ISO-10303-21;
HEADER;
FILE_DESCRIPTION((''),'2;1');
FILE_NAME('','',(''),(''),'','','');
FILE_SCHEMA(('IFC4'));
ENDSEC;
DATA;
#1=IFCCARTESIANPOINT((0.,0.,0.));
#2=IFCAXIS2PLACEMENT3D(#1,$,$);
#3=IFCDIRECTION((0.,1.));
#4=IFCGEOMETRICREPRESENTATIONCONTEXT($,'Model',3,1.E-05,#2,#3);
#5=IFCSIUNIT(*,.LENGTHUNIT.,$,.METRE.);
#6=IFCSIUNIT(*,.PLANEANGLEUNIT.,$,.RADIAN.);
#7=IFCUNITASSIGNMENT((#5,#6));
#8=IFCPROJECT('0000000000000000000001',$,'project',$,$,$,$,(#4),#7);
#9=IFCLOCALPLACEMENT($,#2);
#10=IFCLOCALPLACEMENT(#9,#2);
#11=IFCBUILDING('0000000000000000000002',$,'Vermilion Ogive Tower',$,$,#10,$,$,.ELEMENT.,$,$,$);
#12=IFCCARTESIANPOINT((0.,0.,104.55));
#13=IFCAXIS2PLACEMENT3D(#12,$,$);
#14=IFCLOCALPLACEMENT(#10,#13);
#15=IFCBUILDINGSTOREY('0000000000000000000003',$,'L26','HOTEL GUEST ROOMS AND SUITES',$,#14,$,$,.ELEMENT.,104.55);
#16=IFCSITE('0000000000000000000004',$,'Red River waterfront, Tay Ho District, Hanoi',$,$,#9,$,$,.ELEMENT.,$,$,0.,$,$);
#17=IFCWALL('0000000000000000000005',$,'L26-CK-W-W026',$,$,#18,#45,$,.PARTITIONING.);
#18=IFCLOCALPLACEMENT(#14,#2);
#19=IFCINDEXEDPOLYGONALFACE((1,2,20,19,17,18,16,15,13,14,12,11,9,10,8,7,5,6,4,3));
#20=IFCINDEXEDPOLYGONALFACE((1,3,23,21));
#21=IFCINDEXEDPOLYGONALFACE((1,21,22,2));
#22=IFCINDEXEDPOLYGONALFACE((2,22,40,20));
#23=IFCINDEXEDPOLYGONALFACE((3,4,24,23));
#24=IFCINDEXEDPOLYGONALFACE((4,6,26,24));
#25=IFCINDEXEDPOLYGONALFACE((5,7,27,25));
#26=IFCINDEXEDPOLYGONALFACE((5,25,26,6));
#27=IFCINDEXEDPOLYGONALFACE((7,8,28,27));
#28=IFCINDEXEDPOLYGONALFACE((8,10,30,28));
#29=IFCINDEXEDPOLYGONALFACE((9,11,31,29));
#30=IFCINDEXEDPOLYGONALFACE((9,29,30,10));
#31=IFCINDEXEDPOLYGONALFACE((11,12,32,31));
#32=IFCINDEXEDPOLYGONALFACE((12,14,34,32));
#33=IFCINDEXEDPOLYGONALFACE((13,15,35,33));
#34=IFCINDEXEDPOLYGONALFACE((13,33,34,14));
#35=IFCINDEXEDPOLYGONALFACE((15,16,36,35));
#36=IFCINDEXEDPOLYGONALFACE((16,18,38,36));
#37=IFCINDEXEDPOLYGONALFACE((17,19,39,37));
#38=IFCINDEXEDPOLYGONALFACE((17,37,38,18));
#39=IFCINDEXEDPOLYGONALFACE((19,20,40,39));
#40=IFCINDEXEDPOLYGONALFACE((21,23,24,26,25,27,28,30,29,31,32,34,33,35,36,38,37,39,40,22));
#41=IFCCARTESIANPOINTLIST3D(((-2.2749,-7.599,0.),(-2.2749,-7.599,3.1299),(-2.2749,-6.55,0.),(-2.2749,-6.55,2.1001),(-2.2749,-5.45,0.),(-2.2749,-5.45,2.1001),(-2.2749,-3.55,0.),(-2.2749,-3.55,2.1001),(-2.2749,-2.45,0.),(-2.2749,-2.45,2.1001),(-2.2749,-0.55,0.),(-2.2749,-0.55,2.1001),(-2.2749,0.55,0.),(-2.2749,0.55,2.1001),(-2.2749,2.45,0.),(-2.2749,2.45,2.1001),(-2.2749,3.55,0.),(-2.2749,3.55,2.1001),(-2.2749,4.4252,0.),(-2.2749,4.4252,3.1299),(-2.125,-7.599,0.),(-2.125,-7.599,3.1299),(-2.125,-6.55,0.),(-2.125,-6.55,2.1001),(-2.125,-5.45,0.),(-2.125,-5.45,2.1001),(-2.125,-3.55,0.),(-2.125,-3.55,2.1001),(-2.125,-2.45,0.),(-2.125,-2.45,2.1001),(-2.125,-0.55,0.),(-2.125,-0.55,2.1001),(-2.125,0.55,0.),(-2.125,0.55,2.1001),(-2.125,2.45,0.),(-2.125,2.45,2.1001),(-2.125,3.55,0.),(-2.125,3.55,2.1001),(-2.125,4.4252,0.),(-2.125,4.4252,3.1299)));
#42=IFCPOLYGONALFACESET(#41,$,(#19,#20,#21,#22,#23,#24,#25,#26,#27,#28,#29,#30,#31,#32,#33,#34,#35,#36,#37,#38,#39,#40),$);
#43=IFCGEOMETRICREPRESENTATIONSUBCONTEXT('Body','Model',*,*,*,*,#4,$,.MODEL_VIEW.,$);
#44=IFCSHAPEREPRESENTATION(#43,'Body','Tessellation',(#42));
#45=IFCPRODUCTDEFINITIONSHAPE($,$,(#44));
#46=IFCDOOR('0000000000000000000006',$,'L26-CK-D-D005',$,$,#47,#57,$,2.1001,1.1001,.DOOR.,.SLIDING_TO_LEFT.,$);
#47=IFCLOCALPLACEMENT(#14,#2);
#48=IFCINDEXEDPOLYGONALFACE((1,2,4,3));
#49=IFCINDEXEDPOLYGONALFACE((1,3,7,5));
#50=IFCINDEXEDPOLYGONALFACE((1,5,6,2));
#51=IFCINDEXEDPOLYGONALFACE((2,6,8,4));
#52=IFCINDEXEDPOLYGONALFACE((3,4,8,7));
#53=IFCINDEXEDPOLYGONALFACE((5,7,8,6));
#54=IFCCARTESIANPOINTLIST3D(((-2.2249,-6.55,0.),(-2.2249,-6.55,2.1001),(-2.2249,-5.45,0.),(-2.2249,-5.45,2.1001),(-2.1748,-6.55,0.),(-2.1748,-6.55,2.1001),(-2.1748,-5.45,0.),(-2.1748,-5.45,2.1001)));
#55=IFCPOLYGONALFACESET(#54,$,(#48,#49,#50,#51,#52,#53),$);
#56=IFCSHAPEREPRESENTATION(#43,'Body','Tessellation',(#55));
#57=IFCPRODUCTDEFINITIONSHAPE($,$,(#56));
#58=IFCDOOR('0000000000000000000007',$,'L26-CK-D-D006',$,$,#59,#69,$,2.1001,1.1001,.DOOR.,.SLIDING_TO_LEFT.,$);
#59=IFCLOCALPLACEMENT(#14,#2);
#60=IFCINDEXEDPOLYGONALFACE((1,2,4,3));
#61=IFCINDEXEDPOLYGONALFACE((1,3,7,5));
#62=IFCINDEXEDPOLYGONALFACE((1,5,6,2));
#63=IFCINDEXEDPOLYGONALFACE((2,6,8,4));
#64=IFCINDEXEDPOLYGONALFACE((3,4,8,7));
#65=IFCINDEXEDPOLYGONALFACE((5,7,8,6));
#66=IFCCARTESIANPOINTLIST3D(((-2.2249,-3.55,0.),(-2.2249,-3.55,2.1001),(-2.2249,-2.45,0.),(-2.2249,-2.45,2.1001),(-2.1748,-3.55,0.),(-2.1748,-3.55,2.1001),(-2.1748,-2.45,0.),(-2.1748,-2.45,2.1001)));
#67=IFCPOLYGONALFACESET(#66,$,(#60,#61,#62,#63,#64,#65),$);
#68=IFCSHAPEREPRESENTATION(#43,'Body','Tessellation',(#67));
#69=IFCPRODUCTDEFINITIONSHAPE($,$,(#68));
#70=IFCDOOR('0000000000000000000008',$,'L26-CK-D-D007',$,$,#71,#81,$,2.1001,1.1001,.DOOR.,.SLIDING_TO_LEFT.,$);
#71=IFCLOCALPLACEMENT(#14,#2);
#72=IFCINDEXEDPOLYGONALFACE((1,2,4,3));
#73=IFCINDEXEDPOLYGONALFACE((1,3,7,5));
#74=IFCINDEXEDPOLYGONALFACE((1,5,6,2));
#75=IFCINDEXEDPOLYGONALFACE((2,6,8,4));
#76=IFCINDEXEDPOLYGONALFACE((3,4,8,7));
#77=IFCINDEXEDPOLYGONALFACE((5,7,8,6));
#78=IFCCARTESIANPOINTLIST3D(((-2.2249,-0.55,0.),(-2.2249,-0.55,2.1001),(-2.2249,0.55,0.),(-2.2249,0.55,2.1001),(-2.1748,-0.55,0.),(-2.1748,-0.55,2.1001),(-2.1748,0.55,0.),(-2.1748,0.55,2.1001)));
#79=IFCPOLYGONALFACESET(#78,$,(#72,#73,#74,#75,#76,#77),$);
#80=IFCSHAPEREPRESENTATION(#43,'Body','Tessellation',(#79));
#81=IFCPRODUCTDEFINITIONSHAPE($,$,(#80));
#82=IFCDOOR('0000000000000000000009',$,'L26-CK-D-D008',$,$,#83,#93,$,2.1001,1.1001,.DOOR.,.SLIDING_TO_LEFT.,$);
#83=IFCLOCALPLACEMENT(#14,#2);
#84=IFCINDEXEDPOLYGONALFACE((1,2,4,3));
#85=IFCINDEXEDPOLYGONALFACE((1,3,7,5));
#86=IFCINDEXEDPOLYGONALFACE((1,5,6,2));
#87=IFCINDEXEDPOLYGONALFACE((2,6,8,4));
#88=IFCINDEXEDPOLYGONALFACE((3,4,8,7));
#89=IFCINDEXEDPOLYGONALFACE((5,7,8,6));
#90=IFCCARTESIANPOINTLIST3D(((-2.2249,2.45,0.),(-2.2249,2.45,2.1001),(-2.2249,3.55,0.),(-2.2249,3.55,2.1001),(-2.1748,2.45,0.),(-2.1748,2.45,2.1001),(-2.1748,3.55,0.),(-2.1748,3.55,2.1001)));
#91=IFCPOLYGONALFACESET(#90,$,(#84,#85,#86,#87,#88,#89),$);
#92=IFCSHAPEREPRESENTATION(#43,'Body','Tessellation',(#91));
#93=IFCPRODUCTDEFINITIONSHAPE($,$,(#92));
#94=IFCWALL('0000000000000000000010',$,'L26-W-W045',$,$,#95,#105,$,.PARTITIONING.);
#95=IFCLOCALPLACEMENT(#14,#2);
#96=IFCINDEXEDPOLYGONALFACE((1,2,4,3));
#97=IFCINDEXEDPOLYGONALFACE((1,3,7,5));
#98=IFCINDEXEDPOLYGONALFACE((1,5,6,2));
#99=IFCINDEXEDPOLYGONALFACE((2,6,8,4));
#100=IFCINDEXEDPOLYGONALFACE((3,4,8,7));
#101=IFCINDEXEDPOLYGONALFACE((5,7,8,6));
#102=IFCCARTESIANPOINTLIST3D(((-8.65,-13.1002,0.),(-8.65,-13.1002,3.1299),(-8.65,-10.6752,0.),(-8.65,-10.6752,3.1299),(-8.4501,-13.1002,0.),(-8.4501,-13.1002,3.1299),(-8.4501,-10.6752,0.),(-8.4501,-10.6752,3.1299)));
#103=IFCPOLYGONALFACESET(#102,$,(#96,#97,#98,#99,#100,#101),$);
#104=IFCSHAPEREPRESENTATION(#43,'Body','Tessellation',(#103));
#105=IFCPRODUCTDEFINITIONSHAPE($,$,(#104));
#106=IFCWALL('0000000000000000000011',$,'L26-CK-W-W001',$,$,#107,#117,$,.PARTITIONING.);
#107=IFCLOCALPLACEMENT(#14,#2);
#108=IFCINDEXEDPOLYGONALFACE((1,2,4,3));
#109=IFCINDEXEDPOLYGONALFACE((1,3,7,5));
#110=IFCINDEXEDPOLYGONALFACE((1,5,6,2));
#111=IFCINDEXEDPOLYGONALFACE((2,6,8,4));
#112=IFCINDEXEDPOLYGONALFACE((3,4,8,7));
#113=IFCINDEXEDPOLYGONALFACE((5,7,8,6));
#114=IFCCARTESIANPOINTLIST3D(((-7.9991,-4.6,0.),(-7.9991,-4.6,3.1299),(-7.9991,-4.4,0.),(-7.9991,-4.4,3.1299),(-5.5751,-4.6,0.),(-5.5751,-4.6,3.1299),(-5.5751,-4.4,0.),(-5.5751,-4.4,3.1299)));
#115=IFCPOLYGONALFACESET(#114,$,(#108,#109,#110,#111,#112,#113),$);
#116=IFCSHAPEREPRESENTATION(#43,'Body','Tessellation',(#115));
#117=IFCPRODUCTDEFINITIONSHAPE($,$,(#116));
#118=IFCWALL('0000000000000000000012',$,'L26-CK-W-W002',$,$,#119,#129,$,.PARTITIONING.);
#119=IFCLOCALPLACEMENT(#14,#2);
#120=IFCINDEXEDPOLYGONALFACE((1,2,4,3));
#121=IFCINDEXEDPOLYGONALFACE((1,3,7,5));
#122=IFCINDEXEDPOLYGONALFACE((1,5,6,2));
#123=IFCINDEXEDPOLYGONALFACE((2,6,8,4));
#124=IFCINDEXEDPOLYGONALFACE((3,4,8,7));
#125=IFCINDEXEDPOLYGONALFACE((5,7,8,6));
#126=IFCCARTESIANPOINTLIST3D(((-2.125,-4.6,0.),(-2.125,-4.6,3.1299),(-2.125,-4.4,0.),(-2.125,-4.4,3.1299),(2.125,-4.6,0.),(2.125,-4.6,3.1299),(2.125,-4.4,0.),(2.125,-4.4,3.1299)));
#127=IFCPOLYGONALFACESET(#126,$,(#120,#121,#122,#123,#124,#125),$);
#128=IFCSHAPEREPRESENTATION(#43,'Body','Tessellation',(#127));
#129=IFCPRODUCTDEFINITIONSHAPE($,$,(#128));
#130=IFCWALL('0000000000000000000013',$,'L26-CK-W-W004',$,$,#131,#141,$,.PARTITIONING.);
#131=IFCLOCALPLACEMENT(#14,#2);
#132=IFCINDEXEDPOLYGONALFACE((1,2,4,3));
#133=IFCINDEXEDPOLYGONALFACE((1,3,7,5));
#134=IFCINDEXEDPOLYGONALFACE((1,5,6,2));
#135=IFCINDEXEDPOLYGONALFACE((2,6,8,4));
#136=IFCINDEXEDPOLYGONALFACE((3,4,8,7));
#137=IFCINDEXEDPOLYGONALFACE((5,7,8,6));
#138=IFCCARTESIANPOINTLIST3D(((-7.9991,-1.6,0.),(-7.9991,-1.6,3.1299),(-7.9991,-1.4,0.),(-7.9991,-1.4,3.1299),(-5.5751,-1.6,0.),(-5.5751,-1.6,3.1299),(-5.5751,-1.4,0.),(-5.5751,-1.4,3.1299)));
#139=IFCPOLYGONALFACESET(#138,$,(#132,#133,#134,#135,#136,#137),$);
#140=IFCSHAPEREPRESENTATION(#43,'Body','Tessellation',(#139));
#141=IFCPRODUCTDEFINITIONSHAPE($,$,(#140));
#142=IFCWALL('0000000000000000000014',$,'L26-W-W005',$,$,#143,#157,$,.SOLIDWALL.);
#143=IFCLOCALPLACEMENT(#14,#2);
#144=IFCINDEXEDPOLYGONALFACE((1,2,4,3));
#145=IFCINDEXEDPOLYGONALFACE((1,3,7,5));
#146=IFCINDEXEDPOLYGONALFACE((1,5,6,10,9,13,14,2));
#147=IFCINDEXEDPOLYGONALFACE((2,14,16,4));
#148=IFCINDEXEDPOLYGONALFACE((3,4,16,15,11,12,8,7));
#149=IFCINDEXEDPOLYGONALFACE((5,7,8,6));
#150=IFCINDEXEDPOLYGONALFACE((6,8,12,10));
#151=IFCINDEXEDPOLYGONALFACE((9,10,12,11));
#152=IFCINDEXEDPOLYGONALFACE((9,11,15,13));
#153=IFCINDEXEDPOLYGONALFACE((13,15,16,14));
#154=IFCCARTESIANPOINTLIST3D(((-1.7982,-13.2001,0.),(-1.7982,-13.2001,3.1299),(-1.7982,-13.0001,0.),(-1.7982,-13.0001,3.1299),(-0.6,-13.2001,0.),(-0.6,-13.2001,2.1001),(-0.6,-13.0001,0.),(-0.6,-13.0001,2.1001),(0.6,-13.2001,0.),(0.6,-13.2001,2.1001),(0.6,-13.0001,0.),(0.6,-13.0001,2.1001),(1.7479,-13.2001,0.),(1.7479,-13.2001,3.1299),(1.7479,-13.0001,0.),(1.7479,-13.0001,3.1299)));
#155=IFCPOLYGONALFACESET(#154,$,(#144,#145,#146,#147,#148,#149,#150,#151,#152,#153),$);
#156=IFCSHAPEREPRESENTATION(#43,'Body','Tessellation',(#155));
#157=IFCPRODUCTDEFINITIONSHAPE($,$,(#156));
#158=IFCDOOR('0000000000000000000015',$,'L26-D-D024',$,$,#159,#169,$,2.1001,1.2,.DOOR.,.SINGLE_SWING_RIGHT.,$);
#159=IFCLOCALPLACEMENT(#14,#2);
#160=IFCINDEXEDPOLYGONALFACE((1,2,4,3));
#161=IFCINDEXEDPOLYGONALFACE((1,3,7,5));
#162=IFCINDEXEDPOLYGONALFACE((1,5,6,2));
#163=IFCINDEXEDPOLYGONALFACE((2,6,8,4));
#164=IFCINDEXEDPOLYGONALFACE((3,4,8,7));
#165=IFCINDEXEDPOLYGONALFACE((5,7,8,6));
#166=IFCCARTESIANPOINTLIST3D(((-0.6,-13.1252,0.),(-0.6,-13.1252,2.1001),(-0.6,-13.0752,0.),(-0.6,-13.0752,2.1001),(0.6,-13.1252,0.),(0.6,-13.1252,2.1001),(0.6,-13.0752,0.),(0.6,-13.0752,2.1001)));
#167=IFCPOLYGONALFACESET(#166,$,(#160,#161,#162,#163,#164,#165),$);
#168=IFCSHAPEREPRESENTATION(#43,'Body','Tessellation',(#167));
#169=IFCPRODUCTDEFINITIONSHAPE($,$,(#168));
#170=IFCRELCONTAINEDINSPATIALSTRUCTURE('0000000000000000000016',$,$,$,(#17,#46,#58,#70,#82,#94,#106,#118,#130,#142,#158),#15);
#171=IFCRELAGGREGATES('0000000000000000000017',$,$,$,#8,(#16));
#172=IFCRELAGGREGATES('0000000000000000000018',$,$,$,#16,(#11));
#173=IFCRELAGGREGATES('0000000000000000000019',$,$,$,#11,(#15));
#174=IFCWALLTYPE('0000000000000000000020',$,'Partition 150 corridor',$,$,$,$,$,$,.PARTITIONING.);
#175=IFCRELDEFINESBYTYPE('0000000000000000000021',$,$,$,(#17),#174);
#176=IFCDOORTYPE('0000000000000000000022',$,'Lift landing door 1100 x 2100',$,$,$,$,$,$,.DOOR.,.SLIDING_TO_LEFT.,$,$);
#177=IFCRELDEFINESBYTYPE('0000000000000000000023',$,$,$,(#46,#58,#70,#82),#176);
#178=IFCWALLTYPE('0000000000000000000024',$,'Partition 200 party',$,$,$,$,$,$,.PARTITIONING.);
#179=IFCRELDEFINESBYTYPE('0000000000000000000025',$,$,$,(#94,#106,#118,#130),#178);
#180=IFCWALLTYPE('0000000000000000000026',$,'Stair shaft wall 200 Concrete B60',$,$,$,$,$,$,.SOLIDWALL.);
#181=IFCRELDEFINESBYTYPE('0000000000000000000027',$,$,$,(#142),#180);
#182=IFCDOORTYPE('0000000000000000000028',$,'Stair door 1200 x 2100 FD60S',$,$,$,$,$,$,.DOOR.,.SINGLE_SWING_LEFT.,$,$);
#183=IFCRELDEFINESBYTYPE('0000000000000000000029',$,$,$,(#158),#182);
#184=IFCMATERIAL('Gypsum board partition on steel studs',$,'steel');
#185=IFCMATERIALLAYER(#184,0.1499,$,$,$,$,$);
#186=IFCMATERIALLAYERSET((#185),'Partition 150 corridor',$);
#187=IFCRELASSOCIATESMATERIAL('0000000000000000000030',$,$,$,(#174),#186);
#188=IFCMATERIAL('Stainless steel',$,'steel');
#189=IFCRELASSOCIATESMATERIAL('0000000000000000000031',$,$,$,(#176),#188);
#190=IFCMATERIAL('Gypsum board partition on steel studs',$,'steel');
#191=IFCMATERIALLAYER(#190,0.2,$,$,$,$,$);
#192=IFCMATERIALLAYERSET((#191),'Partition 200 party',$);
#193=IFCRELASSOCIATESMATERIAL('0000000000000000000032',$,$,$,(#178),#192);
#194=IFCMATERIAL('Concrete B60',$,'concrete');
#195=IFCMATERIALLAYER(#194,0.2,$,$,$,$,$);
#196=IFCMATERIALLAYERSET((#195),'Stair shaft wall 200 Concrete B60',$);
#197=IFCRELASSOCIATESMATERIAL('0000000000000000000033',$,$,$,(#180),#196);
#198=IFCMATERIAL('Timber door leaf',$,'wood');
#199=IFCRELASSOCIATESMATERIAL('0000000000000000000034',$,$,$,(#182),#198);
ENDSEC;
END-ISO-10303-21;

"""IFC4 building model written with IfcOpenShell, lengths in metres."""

from ifc_helpers import new_model, si_unit, direction, frame, frame_2d, origin, place, context, subcontext, project, spatial, rectangle, extrude, material, layer, layer_set, type_object, element, fill, save


model = new_model("IFC4")

# Units and contexts
model_context = context("Model", 3, precision=1e-05, world=origin(), true_north=direction((0.0, 1.0)))
body_context = subcontext(model_context, "Body", "Model", "MODEL_VIEW")
ifc_project = project(units=[si_unit("LENGTHUNIT", "METRE"), si_unit("PLANEANGLEUNIT", "RADIAN")], contexts=[model_context])

# Site, building, storey
site_placement = place(None, origin())
site = spatial("IfcSite", under=ifc_project, at=site_placement, Name="Red River waterfront, Tay Ho District, Hanoi", CompositionType="ELEMENT", RefElevation=0.0)
building_placement = place(site_placement, origin())
building = spatial("IfcBuilding", under=site, at=building_placement, Name="Vermilion Ogive Tower", CompositionType="ELEMENT")
storey_placement = place(building_placement, frame((0.0, 0.0, 104.55)))
storey = spatial("IfcBuildingStorey", under=building, at=storey_placement, Name="L26", Description="HOTEL GUEST ROOMS AND SUITES", CompositionType="ELEMENT", Elevation=104.55)

# Wall, openings, doors
ifc_material_1 = material(Name="Gypsum board partition on steel studs", Category="steel")
ifc_layer_1 = layer(ifc_material_1, 0.1499)
ifc_layer_set_1 = layer_set([ifc_layer_1], Name="Partition 150 corridor")
wall_type_1 = type_object("IfcWallType", Name="Partition 150 corridor", PredefinedType="PARTITIONING", material=ifc_layer_set_1)
ifc_material_2 = material(Name="Stainless steel", Category="steel")
door_type_1 = type_object("IfcDoorType", Name="Lift landing door 1100 x 2100", OperationType="SLIDING_TO_LEFT", PredefinedType="DOOR", material=ifc_material_2)
wall_1_placement = place(storey_placement, frame((-2.2, -7.5991, 0.0), z_axis=(0.0, 0.0, 1.0), x_axis=(0.0, 1.0, 0.0)))
wall_1 = element("IfcWall", 1, at=wall_1_placement, inside=storey, type_object=wall_type_1, Name="L26-CK-W-W026", PredefinedType="PARTITIONING", context=body_context, shape_type="SweptSolid", body=[
    extrude(rectangle(XDim=12.0242, YDim=0.1499, at=frame_2d((6.0122, 0.0))), origin(), (0.0, 0.0, 1.0), 3.1299),
])
opening_1_placement = place(wall_1_placement, frame((1.0491, 0.0, 0.0)))
opening_1 = element("IfcOpeningElement", 2, at=opening_1_placement, cuts=wall_1, PredefinedType="OPENING", context=body_context, shape_type="SweptSolid", body=[
    extrude(rectangle(XDim=1.1001, YDim=2.1001, at=frame_2d((0.55, 1.05))), frame((0.0, 0.085, 0.0), z_axis=(0.0, -1.0, 0.0), x_axis=(1.0, 0.0, 0.0)), (0.0, 0.0, 1.0), 0.1699),
])
opening_2_placement = place(wall_1_placement, frame((4.0491, 0.0, 0.0)))
opening_2 = element("IfcOpeningElement", 3, at=opening_2_placement, cuts=wall_1, PredefinedType="OPENING", context=body_context, shape_type="SweptSolid", body=[
    extrude(rectangle(XDim=1.1001, YDim=2.1001, at=frame_2d((0.55, 1.05))), frame((0.0, 0.085, 0.0), z_axis=(0.0, -1.0, 0.0), x_axis=(1.0, 0.0, 0.0)), (0.0, 0.0, 1.0), 0.1699),
])
opening_3_placement = place(wall_1_placement, frame((7.0491, 0.0, 0.0)))
opening_3 = element("IfcOpeningElement", 4, at=opening_3_placement, cuts=wall_1, PredefinedType="OPENING", context=body_context, shape_type="SweptSolid", body=[
    extrude(rectangle(XDim=1.1001, YDim=2.1001, at=frame_2d((0.55, 1.05))), frame((0.0, 0.085, 0.0), z_axis=(0.0, -1.0, 0.0), x_axis=(1.0, 0.0, 0.0)), (0.0, 0.0, 1.0), 0.1699),
])
opening_4_placement = place(wall_1_placement, frame((10.0491, 0.0, 0.0)))
opening_4 = element("IfcOpeningElement", 5, at=opening_4_placement, cuts=wall_1, PredefinedType="OPENING", context=body_context, shape_type="SweptSolid", body=[
    extrude(rectangle(XDim=1.1001, YDim=2.1001, at=frame_2d((0.55, 1.05))), frame((0.0, 0.085, 0.0), z_axis=(0.0, -1.0, 0.0), x_axis=(1.0, 0.0, 0.0)), (0.0, 0.0, 1.0), 0.1699),
])
door_1_placement = place(opening_1_placement, origin())
door_1 = element("IfcDoor", 6, at=door_1_placement, inside=storey, type_object=door_type_1, Name="L26-CK-D-D005", OperationType="SLIDING_TO_LEFT", OverallHeight=2.1001, OverallWidth=1.1001, PredefinedType="DOOR", context=body_context, shape_type="SweptSolid", body=[
    extrude(rectangle(XDim=1.1001, YDim=2.1001, at=frame_2d((0.55, 1.05))), frame((0.0, 0.0249, 0.0), z_axis=(0.0, -1.0, 0.0), x_axis=(1.0, 0.0, 0.0)), (0.0, 0.0, 1.0), 0.05),
])
fill(opening_1, door_1)
door_2_placement = place(opening_2_placement, origin())
door_2 = element("IfcDoor", 7, at=door_2_placement, inside=storey, type_object=door_type_1, Name="L26-CK-D-D006", OperationType="SLIDING_TO_LEFT", OverallHeight=2.1001, OverallWidth=1.1001, PredefinedType="DOOR", context=body_context, shape_type="SweptSolid", body=[
    extrude(rectangle(XDim=1.1001, YDim=2.1001, at=frame_2d((0.55, 1.05))), frame((0.0, 0.0249, 0.0), z_axis=(0.0, -1.0, 0.0), x_axis=(1.0, 0.0, 0.0)), (0.0, 0.0, 1.0), 0.05),
])
fill(opening_2, door_2)
door_3_placement = place(opening_3_placement, origin())
door_3 = element("IfcDoor", 8, at=door_3_placement, inside=storey, type_object=door_type_1, Name="L26-CK-D-D007", OperationType="SLIDING_TO_LEFT", OverallHeight=2.1001, OverallWidth=1.1001, PredefinedType="DOOR", context=body_context, shape_type="SweptSolid", body=[
    extrude(rectangle(XDim=1.1001, YDim=2.1001, at=frame_2d((0.55, 1.05))), frame((0.0, 0.0249, 0.0), z_axis=(0.0, -1.0, 0.0), x_axis=(1.0, 0.0, 0.0)), (0.0, 0.0, 1.0), 0.05),
])
fill(opening_3, door_3)
door_4_placement = place(opening_4_placement, origin())
door_4 = element("IfcDoor", 9, at=door_4_placement, inside=storey, type_object=door_type_1, Name="L26-CK-D-D008", OperationType="SLIDING_TO_LEFT", OverallHeight=2.1001, OverallWidth=1.1001, PredefinedType="DOOR", context=body_context, shape_type="SweptSolid", body=[
    extrude(rectangle(XDim=1.1001, YDim=2.1001, at=frame_2d((0.55, 1.05))), frame((0.0, 0.0249, 0.0), z_axis=(0.0, -1.0, 0.0), x_axis=(1.0, 0.0, 0.0)), (0.0, 0.0, 1.0), 0.05),
])
fill(opening_4, door_4)

# Walls
ifc_material_3 = material(Name="Gypsum board partition on steel studs", Category="steel")
ifc_layer_2 = layer(ifc_material_3, 0.2)
ifc_layer_set_2 = layer_set([ifc_layer_2], Name="Partition 200 party")
wall_type_2 = type_object("IfcWallType", Name="Partition 200 party", PredefinedType="PARTITIONING", material=ifc_layer_set_2)
wall_2_placement = place(storey_placement, frame((-8.55, -13.1001, 0.0), z_axis=(0.0, 0.0, 1.0), x_axis=(0.0, 1.0, 0.0)))
element("IfcWall", 10, at=wall_2_placement, inside=storey, type_object=wall_type_2, Name="L26-W-W045", PredefinedType="PARTITIONING", context=body_context, shape_type="SweptSolid", body=[
    extrude(rectangle(XDim=2.425, YDim=0.2, at=frame_2d((1.2124, 0.0))), origin(), (0.0, 0.0, 1.0), 3.1299),
])
wall_3_placement = place(storey_placement, frame((-7.999, -4.5, 0.0), z_axis=(0.0, 0.0, 1.0), x_axis=(1.0, 0.0, 0.0)))
element("IfcWall", 11, at=wall_3_placement, inside=storey, type_object=wall_type_2, Name="L26-CK-W-W001", PredefinedType="PARTITIONING", context=body_context, shape_type="SweptSolid", body=[
    extrude(rectangle(XDim=2.4241, YDim=0.2, at=frame_2d((1.2119, 0.0))), origin(), (0.0, 0.0, 1.0), 3.1299),
])
wall_4_placement = place(storey_placement, frame((-2.125, -4.5, 0.0), z_axis=(0.0, 0.0, 1.0), x_axis=(1.0, 0.0, 0.0)))
element("IfcWall", 12, at=wall_4_placement, inside=storey, type_object=wall_type_2, Name="L26-CK-W-W002", PredefinedType="PARTITIONING", context=body_context, shape_type="SweptSolid", body=[
    extrude(rectangle(XDim=4.25, YDim=0.2, at=frame_2d((2.125, 0.0))), origin(), (0.0, 0.0, 1.0), 3.1299),
])
wall_5_placement = place(storey_placement, frame((-7.999, -1.5, 0.0), z_axis=(0.0, 0.0, 1.0), x_axis=(1.0, 0.0, 0.0)))
element("IfcWall", 13, at=wall_5_placement, inside=storey, type_object=wall_type_2, Name="L26-CK-W-W004", PredefinedType="PARTITIONING", context=body_context, shape_type="SweptSolid", body=[
    extrude(rectangle(XDim=2.4241, YDim=0.2, at=frame_2d((1.2119, 0.0))), origin(), (0.0, 0.0, 1.0), 3.1299),
])

# Wall, opening, door
ifc_material_4 = material(Name="Concrete B60", Category="concrete")
ifc_layer_3 = layer(ifc_material_4, 0.2)
ifc_layer_set_3 = layer_set([ifc_layer_3], Name="Stair shaft wall 200 Concrete B60")
wall_type_3 = type_object("IfcWallType", Name="Stair shaft wall 200 Concrete B60", PredefinedType="SOLIDWALL", material=ifc_layer_set_3)
wall_6_placement = place(storey_placement, frame((-1.7981, -13.1001, 0.0), z_axis=(0.0, 0.0, 1.0), x_axis=(1.0, 0.0, 0.0)))
wall_6 = element("IfcWall", 14, at=wall_6_placement, inside=storey, type_object=wall_type_3, Name="L26-W-W005", PredefinedType="SOLIDWALL", context=body_context, shape_type="SweptSolid", body=[
    extrude(rectangle(XDim=3.5461, YDim=0.2, at=frame_2d((1.7729, 0.0))), origin(), (0.0, 0.0, 1.0), 3.1299),
])
opening_5_placement = place(wall_6_placement, frame((1.198, 0.0, 0.0)))
opening_5 = element("IfcOpeningElement", 15, at=opening_5_placement, cuts=wall_6, PredefinedType="OPENING", context=body_context, shape_type="SweptSolid", body=[
    extrude(rectangle(XDim=1.2, YDim=2.1001, at=frame_2d((0.6001, 1.05))), frame((0.0, 0.1099, 0.0), z_axis=(0.0, -1.0, 0.0), x_axis=(1.0, 0.0, 0.0)), (0.0, 0.0, 1.0), 0.22),
])
ifc_material_5 = material(Name="Timber door leaf", Category="wood")
door_type_2 = type_object("IfcDoorType", Name="Stair door 1200 x 2100 FD60S", OperationType="SINGLE_SWING_LEFT", PredefinedType="DOOR", material=ifc_material_5)
door_5_placement = place(opening_5_placement, origin())
door_5 = element("IfcDoor", 16, at=door_5_placement, inside=storey, type_object=door_type_2, Name="L26-D-D024", OperationType="SINGLE_SWING_RIGHT", OverallHeight=2.1001, OverallWidth=1.2, PredefinedType="DOOR", context=body_context, shape_type="SweptSolid", body=[
    extrude(rectangle(XDim=1.2, YDim=2.1001, at=frame_2d((0.6001, 1.05))), frame((0.0, 0.0249, 0.0), z_axis=(0.0, -1.0, 0.0), x_axis=(1.0, 0.0, 0.0)), (0.0, 0.0, 1.0), 0.05),
])
fill(opening_5, door_5)

save(model, "model.ifc")
